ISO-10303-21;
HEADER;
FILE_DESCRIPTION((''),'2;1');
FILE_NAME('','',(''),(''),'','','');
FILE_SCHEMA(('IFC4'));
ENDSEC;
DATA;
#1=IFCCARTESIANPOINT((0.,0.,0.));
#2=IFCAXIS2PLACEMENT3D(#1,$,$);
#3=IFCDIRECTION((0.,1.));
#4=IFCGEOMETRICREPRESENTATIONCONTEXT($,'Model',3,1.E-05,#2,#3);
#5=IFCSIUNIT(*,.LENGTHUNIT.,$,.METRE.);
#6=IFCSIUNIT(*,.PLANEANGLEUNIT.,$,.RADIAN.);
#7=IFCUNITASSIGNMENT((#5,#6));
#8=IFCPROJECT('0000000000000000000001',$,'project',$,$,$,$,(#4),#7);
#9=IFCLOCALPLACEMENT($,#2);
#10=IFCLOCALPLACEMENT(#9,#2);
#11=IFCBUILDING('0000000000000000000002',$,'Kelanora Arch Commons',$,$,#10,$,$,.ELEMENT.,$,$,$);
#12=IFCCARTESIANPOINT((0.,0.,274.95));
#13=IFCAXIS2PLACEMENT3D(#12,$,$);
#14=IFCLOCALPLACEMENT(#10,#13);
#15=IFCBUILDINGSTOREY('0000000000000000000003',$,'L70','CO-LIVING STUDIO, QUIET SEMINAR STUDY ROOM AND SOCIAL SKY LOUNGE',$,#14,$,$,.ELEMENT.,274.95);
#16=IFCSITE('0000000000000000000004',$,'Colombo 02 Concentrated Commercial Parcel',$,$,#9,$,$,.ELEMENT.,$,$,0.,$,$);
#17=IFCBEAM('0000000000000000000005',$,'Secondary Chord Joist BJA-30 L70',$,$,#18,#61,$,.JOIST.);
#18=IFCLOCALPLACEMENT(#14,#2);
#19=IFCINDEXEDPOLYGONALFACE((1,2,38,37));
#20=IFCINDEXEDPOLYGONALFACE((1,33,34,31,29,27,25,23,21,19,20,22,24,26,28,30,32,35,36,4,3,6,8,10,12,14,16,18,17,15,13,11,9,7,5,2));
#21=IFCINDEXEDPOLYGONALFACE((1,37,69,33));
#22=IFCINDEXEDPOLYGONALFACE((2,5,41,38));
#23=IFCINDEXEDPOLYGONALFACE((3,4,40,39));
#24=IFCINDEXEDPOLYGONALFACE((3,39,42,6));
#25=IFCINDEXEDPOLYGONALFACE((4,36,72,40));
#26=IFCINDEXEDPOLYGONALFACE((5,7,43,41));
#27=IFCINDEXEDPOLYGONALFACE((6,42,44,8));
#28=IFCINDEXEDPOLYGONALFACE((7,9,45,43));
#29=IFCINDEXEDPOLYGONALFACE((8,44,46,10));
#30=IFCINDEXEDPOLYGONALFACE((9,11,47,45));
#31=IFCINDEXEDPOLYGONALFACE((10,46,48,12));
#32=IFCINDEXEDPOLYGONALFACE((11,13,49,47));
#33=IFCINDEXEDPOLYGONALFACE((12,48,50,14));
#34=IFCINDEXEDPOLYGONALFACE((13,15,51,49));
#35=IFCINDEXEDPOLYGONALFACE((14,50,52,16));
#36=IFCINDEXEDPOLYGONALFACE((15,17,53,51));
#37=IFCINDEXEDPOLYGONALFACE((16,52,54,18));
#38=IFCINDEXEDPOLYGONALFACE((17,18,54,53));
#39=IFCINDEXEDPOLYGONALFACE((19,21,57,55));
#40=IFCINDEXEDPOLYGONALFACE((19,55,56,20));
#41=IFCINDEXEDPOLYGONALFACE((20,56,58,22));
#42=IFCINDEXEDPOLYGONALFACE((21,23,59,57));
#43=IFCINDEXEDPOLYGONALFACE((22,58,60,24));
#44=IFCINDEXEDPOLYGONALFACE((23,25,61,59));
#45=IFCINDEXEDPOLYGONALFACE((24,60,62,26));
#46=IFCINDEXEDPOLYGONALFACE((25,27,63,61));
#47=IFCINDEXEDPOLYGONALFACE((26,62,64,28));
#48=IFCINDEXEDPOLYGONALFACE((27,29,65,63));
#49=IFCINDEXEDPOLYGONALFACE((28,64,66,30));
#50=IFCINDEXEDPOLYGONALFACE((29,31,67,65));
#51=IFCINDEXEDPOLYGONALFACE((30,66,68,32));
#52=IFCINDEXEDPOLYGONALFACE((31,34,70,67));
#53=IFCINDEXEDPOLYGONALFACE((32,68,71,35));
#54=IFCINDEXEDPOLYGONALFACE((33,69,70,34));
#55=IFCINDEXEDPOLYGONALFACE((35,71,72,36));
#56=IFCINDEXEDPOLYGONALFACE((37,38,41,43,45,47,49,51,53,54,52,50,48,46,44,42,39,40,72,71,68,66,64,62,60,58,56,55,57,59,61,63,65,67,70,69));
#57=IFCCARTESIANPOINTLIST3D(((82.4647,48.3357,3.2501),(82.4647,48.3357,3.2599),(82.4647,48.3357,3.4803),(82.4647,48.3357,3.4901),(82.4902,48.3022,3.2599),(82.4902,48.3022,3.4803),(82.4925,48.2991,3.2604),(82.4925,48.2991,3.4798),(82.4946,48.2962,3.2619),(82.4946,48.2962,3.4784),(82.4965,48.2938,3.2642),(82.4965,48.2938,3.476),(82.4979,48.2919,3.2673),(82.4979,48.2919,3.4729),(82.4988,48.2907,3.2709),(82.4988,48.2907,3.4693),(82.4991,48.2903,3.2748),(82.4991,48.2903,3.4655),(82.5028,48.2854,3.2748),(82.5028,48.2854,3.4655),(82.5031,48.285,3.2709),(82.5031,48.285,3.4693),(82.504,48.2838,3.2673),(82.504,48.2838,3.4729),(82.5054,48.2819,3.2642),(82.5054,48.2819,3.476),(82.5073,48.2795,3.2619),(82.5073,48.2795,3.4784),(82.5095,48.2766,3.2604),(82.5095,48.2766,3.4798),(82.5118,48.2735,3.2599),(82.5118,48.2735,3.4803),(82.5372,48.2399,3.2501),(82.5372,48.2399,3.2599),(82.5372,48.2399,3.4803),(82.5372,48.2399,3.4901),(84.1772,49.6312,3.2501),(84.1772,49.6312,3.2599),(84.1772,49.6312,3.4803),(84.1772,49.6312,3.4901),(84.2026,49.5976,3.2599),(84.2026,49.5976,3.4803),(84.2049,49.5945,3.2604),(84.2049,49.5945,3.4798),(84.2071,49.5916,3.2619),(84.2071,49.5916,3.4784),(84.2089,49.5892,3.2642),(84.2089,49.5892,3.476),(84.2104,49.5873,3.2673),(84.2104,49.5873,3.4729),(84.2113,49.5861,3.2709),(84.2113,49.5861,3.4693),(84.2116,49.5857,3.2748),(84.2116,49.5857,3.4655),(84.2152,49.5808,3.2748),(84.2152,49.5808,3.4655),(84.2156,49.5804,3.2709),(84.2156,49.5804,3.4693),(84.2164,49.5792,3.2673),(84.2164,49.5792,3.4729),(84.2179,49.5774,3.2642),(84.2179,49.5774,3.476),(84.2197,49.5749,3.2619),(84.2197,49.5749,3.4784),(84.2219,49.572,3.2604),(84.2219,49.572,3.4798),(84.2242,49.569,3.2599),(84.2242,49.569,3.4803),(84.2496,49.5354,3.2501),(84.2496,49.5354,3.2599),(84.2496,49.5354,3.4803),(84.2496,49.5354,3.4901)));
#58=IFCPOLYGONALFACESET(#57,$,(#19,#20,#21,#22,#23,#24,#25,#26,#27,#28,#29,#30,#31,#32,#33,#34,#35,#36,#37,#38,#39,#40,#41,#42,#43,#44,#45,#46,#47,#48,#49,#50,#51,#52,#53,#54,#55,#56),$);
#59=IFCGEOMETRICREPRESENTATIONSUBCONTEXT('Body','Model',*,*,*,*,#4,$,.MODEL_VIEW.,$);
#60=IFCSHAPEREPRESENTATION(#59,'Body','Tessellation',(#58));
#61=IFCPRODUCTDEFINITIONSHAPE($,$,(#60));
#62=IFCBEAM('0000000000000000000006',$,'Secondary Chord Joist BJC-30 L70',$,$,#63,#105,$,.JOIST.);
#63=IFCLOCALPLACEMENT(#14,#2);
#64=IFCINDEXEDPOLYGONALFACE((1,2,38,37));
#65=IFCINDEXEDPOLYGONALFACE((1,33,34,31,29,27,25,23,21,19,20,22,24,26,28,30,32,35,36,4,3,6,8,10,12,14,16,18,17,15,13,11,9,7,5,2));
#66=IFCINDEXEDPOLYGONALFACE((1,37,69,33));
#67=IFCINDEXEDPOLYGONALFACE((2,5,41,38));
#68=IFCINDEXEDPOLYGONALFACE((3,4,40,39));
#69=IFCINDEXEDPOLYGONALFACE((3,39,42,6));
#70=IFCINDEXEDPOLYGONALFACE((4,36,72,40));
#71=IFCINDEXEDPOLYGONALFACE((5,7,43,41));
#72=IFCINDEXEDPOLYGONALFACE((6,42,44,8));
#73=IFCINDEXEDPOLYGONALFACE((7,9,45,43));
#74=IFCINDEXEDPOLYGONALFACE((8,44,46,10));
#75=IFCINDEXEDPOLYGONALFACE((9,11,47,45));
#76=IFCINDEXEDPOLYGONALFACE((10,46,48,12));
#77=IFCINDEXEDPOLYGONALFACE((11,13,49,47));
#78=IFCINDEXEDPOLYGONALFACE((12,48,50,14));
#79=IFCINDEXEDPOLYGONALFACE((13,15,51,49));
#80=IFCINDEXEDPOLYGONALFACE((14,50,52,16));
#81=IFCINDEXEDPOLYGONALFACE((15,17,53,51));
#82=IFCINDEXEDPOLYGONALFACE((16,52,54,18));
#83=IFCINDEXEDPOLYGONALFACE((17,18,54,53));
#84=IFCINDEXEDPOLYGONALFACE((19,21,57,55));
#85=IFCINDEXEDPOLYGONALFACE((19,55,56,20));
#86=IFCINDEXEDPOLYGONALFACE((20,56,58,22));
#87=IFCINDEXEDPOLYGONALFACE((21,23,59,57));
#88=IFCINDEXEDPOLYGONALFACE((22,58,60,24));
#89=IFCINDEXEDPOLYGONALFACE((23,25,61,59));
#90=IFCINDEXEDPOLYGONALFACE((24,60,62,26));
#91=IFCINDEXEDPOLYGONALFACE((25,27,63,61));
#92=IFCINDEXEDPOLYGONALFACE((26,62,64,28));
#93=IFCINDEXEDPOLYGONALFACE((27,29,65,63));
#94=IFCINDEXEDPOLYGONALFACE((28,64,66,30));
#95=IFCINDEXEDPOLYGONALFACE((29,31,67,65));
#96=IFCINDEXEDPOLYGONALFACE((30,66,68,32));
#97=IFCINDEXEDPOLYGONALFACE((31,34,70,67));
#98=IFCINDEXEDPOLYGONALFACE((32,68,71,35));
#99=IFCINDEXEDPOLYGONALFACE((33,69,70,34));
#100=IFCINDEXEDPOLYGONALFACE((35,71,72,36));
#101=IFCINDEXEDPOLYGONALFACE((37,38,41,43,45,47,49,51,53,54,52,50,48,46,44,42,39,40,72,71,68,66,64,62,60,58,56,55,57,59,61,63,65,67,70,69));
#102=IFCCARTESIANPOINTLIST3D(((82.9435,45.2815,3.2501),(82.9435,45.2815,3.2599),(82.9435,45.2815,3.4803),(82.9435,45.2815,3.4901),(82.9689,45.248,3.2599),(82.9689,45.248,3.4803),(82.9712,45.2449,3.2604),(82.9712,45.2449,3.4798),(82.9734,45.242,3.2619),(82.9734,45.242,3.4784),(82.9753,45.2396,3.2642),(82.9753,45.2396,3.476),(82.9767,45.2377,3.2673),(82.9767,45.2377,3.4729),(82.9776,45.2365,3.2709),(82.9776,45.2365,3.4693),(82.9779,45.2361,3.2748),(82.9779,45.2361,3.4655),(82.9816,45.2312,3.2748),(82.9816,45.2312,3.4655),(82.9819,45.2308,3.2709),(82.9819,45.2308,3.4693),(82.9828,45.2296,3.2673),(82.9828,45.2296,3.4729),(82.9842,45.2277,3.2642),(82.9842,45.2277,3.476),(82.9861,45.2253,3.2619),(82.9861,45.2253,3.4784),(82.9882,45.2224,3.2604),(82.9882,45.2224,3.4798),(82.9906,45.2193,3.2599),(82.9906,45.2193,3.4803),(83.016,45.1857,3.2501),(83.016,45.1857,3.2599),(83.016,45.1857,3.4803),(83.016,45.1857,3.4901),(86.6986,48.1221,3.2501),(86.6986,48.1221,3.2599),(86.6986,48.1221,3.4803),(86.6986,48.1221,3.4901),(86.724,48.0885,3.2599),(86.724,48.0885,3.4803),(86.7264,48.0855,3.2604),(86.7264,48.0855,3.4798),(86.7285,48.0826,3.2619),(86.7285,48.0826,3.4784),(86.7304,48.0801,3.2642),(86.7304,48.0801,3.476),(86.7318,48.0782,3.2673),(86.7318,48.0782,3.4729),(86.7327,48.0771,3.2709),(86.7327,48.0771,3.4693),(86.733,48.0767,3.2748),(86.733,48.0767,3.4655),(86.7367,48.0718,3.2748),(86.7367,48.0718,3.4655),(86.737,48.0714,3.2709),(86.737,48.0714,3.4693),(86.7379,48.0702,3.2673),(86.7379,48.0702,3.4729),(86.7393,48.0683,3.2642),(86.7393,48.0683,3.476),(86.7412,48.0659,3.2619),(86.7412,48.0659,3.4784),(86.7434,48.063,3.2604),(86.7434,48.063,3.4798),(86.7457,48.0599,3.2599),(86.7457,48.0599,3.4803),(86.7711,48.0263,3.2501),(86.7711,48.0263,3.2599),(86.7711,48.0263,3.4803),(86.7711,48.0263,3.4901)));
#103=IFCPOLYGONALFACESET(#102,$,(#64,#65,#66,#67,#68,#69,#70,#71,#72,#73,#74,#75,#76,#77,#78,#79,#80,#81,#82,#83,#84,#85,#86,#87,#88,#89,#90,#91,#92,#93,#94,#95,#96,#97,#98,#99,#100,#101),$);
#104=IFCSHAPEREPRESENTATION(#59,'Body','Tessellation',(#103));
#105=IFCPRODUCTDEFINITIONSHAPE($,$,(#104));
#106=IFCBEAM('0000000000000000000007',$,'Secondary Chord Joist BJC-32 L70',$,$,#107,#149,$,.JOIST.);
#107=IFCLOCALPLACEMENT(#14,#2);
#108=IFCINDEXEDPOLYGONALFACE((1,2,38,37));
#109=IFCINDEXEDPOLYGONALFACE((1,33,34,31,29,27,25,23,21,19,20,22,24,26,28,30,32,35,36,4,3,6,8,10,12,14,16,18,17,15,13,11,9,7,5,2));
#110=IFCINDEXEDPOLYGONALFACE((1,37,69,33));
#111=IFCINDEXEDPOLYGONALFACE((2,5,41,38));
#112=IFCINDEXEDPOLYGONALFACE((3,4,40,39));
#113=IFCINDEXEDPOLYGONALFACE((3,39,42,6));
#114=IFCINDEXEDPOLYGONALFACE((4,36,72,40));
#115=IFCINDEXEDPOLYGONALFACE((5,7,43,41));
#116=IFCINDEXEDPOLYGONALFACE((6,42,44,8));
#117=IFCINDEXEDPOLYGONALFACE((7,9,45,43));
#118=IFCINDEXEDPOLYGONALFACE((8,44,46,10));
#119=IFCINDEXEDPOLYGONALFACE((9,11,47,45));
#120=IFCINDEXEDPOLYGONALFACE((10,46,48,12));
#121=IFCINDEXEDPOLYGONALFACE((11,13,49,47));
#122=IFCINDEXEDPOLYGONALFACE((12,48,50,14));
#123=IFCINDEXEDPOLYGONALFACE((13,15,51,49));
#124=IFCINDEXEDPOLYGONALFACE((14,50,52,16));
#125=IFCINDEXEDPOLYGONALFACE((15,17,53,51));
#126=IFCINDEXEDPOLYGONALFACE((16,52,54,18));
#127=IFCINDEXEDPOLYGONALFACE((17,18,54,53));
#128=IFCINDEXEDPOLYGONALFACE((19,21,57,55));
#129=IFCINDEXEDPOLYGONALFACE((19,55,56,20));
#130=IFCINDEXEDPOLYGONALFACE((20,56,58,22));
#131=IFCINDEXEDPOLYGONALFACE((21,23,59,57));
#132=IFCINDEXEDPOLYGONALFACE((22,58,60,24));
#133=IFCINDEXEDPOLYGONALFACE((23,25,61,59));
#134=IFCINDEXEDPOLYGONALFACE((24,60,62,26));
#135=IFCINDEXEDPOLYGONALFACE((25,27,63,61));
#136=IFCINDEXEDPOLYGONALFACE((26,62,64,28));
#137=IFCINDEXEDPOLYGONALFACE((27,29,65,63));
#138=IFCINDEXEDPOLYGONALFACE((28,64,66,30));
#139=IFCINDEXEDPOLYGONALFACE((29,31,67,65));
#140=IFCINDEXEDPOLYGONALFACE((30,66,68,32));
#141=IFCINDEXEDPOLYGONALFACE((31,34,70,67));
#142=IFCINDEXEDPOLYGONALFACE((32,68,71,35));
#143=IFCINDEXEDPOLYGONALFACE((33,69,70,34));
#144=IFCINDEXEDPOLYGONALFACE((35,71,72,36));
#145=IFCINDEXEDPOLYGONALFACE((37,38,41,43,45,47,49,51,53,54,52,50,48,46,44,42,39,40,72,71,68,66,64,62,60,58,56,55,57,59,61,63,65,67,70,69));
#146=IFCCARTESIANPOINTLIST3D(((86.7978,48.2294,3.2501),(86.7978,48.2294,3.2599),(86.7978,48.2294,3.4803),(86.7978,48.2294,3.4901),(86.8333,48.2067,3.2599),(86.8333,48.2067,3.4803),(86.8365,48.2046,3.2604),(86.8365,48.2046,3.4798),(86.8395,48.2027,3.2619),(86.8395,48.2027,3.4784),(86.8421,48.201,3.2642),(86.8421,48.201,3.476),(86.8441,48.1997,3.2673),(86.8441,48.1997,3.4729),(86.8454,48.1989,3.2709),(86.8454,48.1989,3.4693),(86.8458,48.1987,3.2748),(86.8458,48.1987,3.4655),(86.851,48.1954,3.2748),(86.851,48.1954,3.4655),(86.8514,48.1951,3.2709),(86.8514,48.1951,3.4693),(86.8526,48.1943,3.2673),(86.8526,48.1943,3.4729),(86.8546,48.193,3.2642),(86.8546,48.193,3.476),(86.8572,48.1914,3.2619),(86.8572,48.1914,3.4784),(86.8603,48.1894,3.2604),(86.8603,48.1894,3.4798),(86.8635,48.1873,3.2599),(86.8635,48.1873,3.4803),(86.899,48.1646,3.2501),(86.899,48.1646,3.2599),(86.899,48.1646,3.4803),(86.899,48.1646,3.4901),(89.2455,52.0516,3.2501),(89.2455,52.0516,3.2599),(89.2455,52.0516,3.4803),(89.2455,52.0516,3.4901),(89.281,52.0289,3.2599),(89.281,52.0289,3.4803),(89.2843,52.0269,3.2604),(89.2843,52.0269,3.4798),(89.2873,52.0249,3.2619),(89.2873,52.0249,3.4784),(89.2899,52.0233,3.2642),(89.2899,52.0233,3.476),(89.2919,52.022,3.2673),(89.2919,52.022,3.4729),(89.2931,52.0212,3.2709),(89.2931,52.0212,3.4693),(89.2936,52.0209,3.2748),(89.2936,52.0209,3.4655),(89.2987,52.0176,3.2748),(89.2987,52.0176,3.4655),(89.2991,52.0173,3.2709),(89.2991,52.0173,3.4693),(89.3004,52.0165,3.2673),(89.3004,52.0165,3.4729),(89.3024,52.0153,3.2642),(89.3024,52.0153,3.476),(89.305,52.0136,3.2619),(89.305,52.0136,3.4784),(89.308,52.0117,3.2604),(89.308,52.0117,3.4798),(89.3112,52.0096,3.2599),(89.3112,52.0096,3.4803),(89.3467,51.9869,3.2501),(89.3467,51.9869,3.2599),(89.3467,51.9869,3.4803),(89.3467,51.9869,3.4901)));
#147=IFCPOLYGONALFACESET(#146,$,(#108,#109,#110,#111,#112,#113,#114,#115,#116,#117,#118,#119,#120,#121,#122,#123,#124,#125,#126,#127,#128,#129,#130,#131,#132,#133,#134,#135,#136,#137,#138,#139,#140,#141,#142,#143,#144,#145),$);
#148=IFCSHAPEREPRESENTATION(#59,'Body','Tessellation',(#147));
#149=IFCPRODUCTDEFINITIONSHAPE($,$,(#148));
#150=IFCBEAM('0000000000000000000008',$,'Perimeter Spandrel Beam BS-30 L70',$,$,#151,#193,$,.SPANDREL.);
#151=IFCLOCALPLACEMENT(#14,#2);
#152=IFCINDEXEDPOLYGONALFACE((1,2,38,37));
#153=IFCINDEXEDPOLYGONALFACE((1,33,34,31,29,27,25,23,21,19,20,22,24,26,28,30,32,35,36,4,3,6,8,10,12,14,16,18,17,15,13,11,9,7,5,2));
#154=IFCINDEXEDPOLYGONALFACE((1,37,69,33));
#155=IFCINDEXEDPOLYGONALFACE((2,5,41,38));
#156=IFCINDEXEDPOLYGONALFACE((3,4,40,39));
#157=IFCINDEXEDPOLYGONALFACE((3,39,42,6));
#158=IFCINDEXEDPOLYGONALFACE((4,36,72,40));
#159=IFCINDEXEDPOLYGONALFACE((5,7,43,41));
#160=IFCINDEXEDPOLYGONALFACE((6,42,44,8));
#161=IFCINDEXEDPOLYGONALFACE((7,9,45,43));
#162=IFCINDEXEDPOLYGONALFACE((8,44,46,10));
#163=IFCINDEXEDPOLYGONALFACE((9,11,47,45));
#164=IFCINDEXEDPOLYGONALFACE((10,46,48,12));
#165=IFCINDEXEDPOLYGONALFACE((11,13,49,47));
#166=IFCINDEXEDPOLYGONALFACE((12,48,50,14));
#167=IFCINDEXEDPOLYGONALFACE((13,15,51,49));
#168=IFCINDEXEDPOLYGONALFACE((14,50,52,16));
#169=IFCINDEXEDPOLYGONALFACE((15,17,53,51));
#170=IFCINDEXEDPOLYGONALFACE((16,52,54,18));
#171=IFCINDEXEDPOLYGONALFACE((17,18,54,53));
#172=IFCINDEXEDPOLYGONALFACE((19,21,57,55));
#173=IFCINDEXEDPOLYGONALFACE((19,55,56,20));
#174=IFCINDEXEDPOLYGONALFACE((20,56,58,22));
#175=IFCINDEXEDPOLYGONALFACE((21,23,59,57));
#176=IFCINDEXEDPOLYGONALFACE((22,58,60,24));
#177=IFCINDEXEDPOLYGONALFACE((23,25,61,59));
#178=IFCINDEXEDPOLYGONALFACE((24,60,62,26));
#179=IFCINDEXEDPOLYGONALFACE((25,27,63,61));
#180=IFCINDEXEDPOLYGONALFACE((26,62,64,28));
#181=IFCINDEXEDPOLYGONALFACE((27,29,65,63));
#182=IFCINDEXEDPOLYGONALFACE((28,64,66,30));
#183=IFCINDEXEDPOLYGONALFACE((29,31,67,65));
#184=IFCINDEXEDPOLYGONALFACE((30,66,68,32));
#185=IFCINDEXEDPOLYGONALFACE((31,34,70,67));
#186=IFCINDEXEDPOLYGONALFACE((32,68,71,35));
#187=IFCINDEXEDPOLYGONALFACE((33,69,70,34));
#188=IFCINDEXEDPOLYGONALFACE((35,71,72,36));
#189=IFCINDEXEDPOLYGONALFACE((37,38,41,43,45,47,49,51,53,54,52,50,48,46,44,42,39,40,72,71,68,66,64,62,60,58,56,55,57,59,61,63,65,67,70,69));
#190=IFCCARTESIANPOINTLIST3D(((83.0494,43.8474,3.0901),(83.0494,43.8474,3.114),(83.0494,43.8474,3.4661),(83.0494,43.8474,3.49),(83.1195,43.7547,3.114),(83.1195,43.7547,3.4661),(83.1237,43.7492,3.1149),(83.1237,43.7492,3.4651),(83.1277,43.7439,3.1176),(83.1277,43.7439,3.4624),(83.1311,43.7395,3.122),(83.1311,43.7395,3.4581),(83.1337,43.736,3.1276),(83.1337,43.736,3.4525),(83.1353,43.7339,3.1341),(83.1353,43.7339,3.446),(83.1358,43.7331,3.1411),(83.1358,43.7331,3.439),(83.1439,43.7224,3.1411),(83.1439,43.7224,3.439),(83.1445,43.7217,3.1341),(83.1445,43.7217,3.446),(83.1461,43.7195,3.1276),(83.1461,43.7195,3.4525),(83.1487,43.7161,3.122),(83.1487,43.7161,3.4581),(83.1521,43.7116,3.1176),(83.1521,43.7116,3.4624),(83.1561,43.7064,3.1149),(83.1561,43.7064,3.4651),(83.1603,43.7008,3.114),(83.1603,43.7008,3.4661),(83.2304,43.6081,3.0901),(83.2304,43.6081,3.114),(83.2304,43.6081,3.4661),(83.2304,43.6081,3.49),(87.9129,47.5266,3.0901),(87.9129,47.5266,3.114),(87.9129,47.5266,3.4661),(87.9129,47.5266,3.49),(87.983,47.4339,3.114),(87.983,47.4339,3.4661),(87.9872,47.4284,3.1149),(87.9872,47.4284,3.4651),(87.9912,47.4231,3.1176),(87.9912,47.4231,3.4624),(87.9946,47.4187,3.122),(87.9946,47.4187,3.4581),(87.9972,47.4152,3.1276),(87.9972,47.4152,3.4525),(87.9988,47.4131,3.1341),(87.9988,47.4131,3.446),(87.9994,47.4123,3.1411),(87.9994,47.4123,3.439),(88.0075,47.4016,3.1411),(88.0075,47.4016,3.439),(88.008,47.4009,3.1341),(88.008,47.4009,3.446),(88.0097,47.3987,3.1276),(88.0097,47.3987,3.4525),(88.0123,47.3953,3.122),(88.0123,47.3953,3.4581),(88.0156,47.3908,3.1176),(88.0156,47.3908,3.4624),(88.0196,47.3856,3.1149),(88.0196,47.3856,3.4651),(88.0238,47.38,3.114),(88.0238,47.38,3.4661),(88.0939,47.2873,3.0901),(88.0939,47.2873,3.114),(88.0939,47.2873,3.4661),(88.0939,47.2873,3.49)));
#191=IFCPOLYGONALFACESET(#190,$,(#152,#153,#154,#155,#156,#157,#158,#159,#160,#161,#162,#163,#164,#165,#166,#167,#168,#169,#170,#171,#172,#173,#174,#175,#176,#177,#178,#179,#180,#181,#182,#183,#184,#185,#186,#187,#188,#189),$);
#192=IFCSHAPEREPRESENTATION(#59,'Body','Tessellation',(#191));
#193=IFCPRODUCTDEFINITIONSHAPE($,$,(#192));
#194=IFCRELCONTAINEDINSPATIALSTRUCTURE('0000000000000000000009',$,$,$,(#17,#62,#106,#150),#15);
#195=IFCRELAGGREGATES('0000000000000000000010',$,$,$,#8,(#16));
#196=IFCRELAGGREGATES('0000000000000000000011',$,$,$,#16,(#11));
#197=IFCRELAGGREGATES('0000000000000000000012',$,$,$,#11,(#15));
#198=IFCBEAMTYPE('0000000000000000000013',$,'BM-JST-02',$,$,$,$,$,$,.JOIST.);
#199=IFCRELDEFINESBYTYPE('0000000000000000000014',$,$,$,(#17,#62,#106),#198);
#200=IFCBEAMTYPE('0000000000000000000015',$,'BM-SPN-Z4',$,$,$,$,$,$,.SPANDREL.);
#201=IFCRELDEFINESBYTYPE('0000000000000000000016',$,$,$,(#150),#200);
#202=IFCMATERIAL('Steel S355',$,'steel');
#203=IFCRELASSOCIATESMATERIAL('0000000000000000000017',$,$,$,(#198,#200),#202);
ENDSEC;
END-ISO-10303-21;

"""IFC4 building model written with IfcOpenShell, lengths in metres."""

from ifc_helpers import new_model, si_unit, direction, frame, origin, origin_2d, place, context, subcontext, project, spatial, i_section, extrude, material, material_profile, profile_set, type_object, element, save


model = new_model("IFC4")

# Units and contexts
model_context = context("Model", 3, precision=1e-05, world=origin(), true_north=direction((0.0, 1.0)))
body_context = subcontext(model_context, "Body", "Model", "MODEL_VIEW")
ifc_project = project(units=[si_unit("LENGTHUNIT", "METRE"), si_unit("PLANEANGLEUNIT", "RADIAN")], contexts=[model_context])

# Site, building, storey
site_placement = place(None, origin())
site = spatial("IfcSite", under=ifc_project, at=site_placement, Name="Colombo 02 Concentrated Commercial Parcel", CompositionType="ELEMENT", RefElevation=0.0)
building_placement = place(site_placement, origin())
building = spatial("IfcBuilding", under=site, at=building_placement, Name="Kelanora Arch Commons", CompositionType="ELEMENT")
storey_placement = place(building_placement, frame((0.0, 0.0, 274.95)))
storey = spatial("IfcBuildingStorey", under=building, at=storey_placement, Name="L70", Description="CO-LIVING STUDIO, QUIET SEMINAR STUDY ROOM AND SOCIAL SKY LOUNGE", CompositionType="ELEMENT", Elevation=274.95)

# Beams
ifc_material_1 = material(Name="Steel S355", Category="steel")
ifc_material_profile_1 = material_profile(ifc_material_1, i_section(OverallWidth=0.1201, OverallDepth=0.24, WebThickness=0.0061, FlangeThickness=0.0098, FilletRadius=0.0149, at=origin_2d()), Name="IPE240")
ifc_profile_set_1 = profile_set([ifc_material_profile_1], Name="Steel S355")
beam_type_1 = type_object("IfcBeamType", Name="BM-JST-02", PredefinedType="JOIST", material=ifc_profile_set_1)
beam_1_placement = place(storey_placement, frame((82.501, 48.2878, 3.3701), z_axis=(0.79751, 0.603306, 0.0), x_axis=(-0.603306, 0.79751, 0.0)))
element("IfcBeam", 1, at=beam_1_placement, inside=storey, type_object=beam_type_1, Name="Secondary Chord Joist BJA-30 L70", PredefinedType="JOIST", context=body_context, shape_type="SweptSolid", body=[
    extrude(i_section(OverallWidth=0.1201, OverallDepth=0.24, WebThickness=0.0061, FlangeThickness=0.0098, FilletRadius=0.0149, at=origin_2d()), origin(), (0.0, 0.0, 1.0), 2.1472),
])
beam_2_placement = place(storey_placement, frame((82.9797, 45.2336, 3.3701), z_axis=(0.797523, 0.603289, 0.0), x_axis=(-0.603289, 0.797523, 0.0)))
element("IfcBeam", 2, at=beam_2_placement, inside=storey, type_object=beam_type_1, Name="Secondary Chord Joist BJC-30 L70", PredefinedType="JOIST", context=body_context, shape_type="SweptSolid", body=[
    extrude(i_section(OverallWidth=0.1201, OverallDepth=0.24, WebThickness=0.0061, FlangeThickness=0.0098, FilletRadius=0.0149, at=origin_2d()), origin(), (0.0, 0.0, 1.0), 4.7085),
])
beam_3_placement = place(storey_placement, frame((86.8484, 48.197, 3.3701), z_axis=(0.539289, 0.842121, 0.0), x_axis=(-0.842121, 0.539289, 0.0)))
element("IfcBeam", 3, at=beam_3_placement, inside=storey, type_object=beam_type_1, Name="Secondary Chord Joist BJC-32 L70", PredefinedType="JOIST", context=body_context, shape_type="SweptSolid", body=[
    extrude(i_section(OverallWidth=0.1201, OverallDepth=0.24, WebThickness=0.0061, FlangeThickness=0.0098, FilletRadius=0.0149, at=origin_2d()), origin(), (0.0, 0.0, 1.0), 4.5388),
])
ifc_material_profile_2 = material_profile(ifc_material_1, i_section(OverallWidth=0.3, OverallDepth=0.3999, WebThickness=0.0134, FlangeThickness=0.0239, FilletRadius=0.0271, at=origin_2d()), Name="HEB400")
ifc_profile_set_2 = profile_set([ifc_material_profile_2], Name="Steel S355")
beam_type_2 = type_object("IfcBeamType", Name="BM-SPN-Z4", PredefinedType="SPANDREL", material=ifc_profile_set_2)
beam_4_placement = place(storey_placement, frame((83.1399, 43.7278, 3.29), z_axis=(0.797509, 0.603306, 0.0), x_axis=(-0.603306, 0.797509, 0.0)))
element("IfcBeam", 4, at=beam_4_placement, inside=storey, type_object=beam_type_2, Name="Perimeter Spandrel Beam BS-30 L70", PredefinedType="SPANDREL", context=body_context, shape_type="SweptSolid", body=[
    extrude(i_section(OverallWidth=0.3, OverallDepth=0.3999, WebThickness=0.0134, FlangeThickness=0.0239, FilletRadius=0.0271, at=origin_2d()), origin(), (0.0, 0.0, 1.0), 6.0984),
])

save(model, "model.ifc")
